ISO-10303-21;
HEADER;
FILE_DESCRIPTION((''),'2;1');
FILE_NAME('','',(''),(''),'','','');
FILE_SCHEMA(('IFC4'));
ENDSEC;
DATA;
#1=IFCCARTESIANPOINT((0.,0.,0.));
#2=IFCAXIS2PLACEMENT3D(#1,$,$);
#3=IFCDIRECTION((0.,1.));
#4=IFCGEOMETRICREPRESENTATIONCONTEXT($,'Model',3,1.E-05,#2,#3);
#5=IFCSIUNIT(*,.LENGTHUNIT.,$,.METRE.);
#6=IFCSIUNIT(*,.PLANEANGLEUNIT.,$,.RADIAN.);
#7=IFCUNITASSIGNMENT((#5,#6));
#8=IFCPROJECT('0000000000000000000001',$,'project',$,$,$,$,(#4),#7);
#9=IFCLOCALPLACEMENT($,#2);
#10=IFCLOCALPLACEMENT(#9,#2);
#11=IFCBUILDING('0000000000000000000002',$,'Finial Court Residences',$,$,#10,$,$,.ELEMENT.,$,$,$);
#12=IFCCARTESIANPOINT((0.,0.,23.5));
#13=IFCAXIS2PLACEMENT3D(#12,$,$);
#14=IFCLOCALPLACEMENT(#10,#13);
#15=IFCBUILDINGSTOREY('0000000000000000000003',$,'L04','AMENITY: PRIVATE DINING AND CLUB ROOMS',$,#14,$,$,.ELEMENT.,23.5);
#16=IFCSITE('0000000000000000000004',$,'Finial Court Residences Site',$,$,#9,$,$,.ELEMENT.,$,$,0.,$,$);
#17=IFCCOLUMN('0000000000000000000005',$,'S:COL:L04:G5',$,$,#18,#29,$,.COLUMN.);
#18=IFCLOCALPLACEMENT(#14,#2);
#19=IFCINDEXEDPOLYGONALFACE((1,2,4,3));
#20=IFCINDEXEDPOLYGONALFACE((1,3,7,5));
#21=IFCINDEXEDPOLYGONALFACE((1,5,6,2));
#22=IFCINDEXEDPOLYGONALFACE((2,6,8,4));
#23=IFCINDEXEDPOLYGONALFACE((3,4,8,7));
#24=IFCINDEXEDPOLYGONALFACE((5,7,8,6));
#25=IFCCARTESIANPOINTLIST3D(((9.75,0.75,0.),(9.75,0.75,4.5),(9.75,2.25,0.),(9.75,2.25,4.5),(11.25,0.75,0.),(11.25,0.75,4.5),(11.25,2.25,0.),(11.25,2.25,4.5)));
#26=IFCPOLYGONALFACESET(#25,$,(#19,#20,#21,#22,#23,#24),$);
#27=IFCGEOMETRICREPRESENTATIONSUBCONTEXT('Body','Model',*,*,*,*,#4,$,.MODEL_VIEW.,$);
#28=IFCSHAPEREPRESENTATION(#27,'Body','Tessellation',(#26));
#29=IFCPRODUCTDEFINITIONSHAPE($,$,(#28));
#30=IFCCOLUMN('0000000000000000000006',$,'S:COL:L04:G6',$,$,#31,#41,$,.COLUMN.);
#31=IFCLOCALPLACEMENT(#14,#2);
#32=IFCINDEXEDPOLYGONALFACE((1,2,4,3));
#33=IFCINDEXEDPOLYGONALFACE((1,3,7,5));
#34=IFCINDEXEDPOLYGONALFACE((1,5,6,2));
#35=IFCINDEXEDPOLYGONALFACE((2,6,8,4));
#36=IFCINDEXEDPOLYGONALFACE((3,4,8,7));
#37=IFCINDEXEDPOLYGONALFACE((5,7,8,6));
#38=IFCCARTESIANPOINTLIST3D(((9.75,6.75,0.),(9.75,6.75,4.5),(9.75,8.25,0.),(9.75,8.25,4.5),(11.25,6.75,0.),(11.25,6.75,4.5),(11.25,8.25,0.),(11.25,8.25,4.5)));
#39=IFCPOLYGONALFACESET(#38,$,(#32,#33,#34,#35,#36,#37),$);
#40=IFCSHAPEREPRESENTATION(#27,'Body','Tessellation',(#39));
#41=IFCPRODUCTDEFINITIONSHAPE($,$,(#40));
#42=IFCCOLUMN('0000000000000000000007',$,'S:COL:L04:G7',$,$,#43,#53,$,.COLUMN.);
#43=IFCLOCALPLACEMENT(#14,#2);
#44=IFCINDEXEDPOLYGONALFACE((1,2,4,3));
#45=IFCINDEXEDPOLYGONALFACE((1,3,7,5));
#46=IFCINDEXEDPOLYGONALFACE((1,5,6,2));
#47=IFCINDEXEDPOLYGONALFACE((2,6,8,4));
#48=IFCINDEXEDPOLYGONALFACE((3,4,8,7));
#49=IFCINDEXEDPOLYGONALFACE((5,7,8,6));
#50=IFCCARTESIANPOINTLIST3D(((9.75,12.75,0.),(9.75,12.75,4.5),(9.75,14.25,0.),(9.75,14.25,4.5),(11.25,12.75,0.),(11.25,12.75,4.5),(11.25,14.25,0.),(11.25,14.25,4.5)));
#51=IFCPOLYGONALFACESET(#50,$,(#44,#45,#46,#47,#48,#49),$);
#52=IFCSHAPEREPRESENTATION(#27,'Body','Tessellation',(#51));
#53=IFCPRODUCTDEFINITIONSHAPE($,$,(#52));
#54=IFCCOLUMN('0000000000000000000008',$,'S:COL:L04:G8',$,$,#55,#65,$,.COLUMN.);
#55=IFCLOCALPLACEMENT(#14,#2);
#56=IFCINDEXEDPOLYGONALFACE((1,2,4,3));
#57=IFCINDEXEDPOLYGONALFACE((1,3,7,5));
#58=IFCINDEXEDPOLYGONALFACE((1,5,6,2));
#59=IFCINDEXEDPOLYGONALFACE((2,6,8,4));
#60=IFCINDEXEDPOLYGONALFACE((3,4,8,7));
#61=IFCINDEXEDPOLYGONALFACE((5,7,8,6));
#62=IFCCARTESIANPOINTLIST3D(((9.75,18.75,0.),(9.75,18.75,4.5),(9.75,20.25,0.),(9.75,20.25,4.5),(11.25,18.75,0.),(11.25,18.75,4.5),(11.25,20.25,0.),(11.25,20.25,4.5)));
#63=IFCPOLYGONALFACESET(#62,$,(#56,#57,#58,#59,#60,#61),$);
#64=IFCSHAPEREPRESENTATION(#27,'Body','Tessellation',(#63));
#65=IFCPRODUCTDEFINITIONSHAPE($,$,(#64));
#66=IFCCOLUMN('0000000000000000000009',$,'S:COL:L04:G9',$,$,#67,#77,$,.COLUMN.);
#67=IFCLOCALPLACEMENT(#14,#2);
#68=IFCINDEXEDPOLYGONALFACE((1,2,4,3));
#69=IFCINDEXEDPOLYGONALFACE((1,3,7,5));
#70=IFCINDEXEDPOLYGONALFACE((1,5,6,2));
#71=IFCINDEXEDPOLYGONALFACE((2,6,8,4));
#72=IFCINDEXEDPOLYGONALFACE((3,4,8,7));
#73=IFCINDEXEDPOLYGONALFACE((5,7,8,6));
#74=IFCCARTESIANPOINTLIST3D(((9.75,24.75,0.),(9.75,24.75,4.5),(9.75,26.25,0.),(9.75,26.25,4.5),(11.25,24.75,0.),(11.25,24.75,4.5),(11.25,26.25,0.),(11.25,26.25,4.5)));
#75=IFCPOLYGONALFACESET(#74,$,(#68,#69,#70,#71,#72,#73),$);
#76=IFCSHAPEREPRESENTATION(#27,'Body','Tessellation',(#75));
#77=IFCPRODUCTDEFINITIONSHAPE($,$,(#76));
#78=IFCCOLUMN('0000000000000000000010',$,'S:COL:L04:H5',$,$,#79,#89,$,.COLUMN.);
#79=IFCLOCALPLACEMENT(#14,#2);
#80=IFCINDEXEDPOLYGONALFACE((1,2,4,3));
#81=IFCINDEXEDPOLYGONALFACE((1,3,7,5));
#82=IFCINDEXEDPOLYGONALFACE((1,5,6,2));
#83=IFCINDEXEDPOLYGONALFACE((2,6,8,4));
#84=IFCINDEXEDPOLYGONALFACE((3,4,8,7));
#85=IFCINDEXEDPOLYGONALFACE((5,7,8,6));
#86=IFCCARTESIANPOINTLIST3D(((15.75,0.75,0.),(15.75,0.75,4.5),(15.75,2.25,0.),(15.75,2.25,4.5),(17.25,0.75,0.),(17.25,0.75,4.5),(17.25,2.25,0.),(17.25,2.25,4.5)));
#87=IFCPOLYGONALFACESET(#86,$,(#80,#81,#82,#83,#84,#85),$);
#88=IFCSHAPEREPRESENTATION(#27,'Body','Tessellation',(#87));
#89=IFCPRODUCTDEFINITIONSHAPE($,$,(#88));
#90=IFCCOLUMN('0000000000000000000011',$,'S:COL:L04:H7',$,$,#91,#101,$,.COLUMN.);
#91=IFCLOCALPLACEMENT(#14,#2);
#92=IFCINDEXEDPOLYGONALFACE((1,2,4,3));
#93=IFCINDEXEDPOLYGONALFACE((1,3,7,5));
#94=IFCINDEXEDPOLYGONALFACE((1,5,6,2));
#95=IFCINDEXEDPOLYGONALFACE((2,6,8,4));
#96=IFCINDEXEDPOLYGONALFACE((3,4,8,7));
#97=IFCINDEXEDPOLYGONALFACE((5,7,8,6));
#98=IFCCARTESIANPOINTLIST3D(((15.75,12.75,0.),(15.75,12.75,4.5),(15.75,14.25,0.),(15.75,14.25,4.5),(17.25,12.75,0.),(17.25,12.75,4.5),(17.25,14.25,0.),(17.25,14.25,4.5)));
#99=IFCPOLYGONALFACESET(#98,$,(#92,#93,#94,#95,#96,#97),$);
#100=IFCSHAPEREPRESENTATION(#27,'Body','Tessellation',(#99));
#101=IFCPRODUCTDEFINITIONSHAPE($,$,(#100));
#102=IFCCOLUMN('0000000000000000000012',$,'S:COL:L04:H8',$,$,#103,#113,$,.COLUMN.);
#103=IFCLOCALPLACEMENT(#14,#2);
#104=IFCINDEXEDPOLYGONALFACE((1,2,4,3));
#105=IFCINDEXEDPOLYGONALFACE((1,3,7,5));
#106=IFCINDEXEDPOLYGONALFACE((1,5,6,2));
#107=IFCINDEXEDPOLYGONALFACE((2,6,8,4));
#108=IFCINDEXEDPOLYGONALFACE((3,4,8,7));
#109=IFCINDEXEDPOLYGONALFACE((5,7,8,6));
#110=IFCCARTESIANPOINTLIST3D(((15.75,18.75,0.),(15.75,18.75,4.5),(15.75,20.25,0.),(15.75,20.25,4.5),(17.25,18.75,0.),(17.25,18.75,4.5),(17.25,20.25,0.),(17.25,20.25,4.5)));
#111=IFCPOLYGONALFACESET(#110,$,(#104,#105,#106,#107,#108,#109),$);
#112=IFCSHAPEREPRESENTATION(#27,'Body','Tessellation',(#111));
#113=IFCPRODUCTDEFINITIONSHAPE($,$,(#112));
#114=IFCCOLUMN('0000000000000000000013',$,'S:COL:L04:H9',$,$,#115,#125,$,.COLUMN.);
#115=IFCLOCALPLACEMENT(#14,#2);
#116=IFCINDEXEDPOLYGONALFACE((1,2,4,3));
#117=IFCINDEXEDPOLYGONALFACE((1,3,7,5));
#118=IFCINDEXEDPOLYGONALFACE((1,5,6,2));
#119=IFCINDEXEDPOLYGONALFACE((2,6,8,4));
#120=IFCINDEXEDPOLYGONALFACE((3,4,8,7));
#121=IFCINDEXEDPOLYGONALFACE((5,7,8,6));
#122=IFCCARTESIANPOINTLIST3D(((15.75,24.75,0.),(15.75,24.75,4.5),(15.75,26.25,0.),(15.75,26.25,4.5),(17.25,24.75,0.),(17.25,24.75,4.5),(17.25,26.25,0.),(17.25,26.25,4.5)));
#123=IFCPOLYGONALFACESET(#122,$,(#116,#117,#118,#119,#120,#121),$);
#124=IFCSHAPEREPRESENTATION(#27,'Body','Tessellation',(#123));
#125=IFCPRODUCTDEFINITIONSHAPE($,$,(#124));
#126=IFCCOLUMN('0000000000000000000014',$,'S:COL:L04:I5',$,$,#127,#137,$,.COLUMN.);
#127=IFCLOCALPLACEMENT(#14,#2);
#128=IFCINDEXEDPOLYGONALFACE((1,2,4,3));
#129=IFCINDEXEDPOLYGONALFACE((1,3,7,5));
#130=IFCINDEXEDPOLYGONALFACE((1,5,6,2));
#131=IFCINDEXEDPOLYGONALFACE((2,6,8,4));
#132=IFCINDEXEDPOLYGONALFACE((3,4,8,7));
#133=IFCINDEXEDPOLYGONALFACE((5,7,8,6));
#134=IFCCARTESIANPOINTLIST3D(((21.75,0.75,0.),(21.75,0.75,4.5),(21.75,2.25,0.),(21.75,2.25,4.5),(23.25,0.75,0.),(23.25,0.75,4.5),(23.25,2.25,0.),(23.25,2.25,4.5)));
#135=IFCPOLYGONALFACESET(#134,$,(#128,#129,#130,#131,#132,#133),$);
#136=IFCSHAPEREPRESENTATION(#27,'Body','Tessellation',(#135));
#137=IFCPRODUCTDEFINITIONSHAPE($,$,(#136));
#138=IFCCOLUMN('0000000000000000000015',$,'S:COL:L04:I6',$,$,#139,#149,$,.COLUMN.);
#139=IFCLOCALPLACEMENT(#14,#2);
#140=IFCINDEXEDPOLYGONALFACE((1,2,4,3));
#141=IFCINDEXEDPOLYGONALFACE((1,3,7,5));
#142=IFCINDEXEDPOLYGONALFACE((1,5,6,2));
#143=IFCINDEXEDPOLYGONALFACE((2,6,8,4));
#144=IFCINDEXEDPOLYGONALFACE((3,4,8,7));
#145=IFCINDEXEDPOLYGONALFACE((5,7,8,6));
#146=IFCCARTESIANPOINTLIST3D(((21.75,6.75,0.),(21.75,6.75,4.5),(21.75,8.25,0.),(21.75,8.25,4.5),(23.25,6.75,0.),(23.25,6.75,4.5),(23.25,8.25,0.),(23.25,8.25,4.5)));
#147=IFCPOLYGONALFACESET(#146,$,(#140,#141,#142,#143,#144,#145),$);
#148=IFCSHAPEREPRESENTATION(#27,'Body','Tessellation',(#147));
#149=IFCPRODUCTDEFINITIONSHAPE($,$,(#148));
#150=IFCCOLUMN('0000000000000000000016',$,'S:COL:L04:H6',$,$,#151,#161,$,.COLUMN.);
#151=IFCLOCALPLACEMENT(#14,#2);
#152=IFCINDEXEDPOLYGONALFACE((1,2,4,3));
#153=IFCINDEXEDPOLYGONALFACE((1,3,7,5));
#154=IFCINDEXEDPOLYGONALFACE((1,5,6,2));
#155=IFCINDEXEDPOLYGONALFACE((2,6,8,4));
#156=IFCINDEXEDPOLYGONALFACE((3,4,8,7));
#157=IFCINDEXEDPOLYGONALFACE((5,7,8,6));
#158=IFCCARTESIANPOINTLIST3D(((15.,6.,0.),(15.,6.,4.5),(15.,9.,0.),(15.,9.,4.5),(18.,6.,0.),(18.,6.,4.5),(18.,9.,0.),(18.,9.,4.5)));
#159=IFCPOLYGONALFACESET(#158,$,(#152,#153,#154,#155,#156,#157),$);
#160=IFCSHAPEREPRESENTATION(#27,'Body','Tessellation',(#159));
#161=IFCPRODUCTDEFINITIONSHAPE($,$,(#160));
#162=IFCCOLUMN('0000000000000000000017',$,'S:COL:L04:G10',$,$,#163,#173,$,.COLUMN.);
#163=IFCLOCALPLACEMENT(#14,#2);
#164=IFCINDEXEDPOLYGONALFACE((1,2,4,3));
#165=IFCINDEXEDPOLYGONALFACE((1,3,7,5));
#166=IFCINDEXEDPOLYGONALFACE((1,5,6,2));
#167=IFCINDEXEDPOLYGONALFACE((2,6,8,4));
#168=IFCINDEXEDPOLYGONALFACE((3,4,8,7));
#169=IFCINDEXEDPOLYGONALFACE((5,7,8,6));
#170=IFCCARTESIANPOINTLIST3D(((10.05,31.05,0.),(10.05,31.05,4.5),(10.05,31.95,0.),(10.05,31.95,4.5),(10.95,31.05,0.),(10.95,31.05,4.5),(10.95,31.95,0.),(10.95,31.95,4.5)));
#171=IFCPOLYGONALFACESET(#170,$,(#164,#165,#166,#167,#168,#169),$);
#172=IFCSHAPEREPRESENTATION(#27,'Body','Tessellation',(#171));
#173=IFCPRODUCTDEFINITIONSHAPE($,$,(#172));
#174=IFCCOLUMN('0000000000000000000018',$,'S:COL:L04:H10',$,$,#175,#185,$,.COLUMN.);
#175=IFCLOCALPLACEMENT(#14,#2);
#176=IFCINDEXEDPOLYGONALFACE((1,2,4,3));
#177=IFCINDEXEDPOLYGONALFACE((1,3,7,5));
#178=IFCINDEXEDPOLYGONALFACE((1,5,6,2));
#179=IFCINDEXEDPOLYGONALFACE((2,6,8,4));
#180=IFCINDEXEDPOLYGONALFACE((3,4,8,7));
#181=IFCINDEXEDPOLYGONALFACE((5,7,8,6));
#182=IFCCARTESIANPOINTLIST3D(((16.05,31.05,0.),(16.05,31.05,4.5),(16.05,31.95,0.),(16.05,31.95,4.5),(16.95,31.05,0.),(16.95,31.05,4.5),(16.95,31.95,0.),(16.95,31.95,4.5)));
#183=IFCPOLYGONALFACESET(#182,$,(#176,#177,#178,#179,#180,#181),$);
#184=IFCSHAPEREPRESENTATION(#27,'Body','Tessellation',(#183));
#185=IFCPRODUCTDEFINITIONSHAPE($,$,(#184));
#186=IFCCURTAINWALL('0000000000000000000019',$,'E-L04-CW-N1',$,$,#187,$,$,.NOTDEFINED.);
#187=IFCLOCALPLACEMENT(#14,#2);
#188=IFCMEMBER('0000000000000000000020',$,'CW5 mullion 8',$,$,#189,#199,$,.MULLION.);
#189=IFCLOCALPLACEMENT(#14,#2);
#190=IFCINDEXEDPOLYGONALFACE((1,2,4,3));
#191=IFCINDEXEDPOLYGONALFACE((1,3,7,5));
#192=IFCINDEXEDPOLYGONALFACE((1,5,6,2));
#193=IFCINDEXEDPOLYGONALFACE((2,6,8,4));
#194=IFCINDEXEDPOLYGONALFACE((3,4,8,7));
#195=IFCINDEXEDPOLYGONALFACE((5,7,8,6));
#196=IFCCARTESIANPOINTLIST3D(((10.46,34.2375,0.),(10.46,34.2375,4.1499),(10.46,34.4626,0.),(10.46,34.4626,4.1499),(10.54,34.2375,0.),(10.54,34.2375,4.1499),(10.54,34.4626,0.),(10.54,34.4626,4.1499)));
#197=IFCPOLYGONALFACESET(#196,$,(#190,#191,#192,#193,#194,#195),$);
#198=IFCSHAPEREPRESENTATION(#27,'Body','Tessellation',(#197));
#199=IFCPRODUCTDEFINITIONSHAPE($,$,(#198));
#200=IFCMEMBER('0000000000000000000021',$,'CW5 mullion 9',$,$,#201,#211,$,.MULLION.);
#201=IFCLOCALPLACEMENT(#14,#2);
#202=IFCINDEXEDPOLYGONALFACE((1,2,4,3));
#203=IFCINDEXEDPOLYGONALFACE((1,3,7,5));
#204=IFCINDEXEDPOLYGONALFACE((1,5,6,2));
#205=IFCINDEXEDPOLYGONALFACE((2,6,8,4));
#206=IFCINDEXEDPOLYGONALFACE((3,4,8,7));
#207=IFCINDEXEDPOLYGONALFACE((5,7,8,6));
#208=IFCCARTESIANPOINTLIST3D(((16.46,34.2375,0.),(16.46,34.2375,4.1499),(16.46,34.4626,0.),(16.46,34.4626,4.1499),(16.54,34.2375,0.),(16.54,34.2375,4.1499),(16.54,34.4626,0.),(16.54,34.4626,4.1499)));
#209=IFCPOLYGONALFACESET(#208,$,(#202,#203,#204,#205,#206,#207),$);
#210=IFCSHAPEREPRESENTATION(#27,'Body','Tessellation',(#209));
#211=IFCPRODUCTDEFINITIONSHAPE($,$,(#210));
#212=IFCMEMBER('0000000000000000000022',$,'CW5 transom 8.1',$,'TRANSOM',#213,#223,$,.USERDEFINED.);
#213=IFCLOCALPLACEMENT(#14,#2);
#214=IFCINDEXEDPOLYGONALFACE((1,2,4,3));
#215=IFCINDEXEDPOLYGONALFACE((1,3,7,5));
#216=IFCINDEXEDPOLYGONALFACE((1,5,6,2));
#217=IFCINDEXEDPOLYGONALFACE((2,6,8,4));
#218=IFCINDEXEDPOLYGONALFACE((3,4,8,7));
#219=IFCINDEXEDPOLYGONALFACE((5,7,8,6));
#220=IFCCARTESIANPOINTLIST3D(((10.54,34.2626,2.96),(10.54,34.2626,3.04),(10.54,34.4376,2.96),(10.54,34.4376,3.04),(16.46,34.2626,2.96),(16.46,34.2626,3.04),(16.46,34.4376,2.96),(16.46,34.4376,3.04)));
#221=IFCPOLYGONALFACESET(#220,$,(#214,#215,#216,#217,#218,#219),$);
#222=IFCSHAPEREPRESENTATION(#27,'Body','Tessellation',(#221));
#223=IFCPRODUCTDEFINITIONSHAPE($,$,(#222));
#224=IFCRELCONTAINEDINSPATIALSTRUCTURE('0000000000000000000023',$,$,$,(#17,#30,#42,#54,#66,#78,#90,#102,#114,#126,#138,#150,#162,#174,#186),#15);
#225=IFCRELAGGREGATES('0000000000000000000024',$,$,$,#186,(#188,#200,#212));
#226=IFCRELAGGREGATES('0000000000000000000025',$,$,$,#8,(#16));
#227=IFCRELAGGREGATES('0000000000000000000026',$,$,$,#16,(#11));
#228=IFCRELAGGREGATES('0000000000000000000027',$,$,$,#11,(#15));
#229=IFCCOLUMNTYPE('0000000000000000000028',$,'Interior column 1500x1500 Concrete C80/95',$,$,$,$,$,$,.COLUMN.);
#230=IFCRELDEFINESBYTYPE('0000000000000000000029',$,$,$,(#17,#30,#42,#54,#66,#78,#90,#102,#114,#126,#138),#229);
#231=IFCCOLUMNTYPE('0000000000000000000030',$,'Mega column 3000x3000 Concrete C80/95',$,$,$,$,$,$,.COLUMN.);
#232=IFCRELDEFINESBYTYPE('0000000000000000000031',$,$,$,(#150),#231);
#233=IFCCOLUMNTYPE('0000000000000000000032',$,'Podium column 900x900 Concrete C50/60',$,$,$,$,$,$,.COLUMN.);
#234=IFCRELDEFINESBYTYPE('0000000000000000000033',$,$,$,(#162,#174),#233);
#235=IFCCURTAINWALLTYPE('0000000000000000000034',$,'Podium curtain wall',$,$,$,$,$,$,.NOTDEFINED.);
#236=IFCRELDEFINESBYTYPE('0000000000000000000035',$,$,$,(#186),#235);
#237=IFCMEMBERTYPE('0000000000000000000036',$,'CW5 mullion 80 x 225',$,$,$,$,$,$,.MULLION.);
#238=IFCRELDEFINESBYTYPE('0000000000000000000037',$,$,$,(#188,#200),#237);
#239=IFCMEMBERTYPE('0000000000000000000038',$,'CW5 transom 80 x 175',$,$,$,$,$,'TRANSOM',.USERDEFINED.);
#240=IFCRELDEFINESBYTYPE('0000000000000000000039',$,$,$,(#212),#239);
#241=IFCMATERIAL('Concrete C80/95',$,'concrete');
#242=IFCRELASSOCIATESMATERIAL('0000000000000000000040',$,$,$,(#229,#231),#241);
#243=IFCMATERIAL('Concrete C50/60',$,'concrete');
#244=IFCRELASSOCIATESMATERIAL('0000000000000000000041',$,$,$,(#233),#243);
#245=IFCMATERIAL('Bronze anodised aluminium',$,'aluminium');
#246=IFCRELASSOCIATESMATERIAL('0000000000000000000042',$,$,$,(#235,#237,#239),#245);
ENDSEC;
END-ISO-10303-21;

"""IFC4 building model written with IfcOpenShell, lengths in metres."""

from ifc_helpers import new_model, si_unit, direction, frame, origin, origin_2d, place, context, subcontext, project, spatial, rectangle, extrude, material, material_profile, profile_set, type_object, element, aggregate, save


model = new_model("IFC4")

# Units and contexts
model_context = context("Model", 3, precision=1e-05, world=origin(), true_north=direction((0.0, 1.0)))
body_context = subcontext(model_context, "Body", "Model", "MODEL_VIEW")
ifc_project = project(units=[si_unit("LENGTHUNIT", "METRE"), si_unit("PLANEANGLEUNIT", "RADIAN")], contexts=[model_context])

# Site, building, storey
site_placement = place(None, origin())
site = spatial("IfcSite", under=ifc_project, at=site_placement, Name="Finial Court Residences Site", CompositionType="ELEMENT", RefElevation=0.0)
building_placement = place(site_placement, origin())
building = spatial("IfcBuilding", under=site, at=building_placement, Name="Finial Court Residences", CompositionType="ELEMENT")
storey_placement = place(building_placement, frame((0.0, 0.0, 23.5)))
storey = spatial("IfcBuildingStorey", under=building, at=storey_placement, Name="L04", Description="AMENITY: PRIVATE DINING AND CLUB ROOMS", CompositionType="ELEMENT", Elevation=23.5)

# Columns
ifc_material_1 = material(Name="Concrete C80/95", Category="concrete")
ifc_material_profile_1 = material_profile(ifc_material_1, rectangle(XDim=1.5, YDim=1.5, at=origin_2d()), Name="1500x1500")
ifc_profile_set_1 = profile_set([ifc_material_profile_1], Name="Concrete C80/95")
column_type_1 = type_object("IfcColumnType", Name="Interior column 1500x1500 Concrete C80/95", PredefinedType="COLUMN", material=ifc_profile_set_1)
for number, where, z_axis, x_axis, name in (
    (1, (10.5, 1.5, 0.0), (0.0, 0.0, 1.0), (1.0, 0.0, 0.0), "S:COL:L04:G5"),
    (2, (10.5, 7.5, 0.0), (0.0, 0.0, 1.0), (1.0, 0.0, 0.0), "S:COL:L04:G6"),
    (3, (10.5, 13.5, 0.0), (0.0, 0.0, 1.0), (1.0, 0.0, 0.0), "S:COL:L04:G7"),
    (4, (10.5, 19.5, 0.0), (0.0, 0.0, 1.0), (1.0, 0.0, 0.0), "S:COL:L04:G8"),
    (5, (10.5, 25.5, 0.0), (0.0, 0.0, 1.0), (1.0, 0.0, 0.0), "S:COL:L04:G9"),
    (6, (16.5, 1.5, 0.0), (0.0, 0.0, 1.0), (1.0, 0.0, 0.0), "S:COL:L04:H5"),
    (7, (16.5, 13.5, 0.0), (0.0, 0.0, 1.0), (1.0, 0.0, 0.0), "S:COL:L04:H7"),
    (8, (16.5, 19.5, 0.0), (0.0, 0.0, 1.0), (1.0, 0.0, 0.0), "S:COL:L04:H8"),
    (9, (16.5, 25.5, 0.0), (0.0, 0.0, 1.0), (1.0, 0.0, 0.0), "S:COL:L04:H9"),
    (10, (22.5, 1.5, 0.0), (0.0, 0.0, 1.0), (1.0, 0.0, 0.0), "S:COL:L04:I5"),
    (11, (22.5, 7.5, 0.0), (0.0, 0.0, 1.0), (1.0, 0.0, 0.0), "S:COL:L04:I6"),
):
    element("IfcColumn", number, at=place(storey_placement, frame(where, z_axis=z_axis, x_axis=x_axis)), inside=storey, type_object=column_type_1, Name=name, PredefinedType="COLUMN", context=body_context, shape_type="SweptSolid", body=[
        extrude(rectangle(XDim=1.5, YDim=1.5, at=origin_2d()), origin(), (0.0, 0.0, 1.0), 4.5),
    ])
ifc_material_profile_2 = material_profile(ifc_material_1, rectangle(XDim=3.0, YDim=3.0, at=origin_2d()), Name="3000x3000")
ifc_profile_set_2 = profile_set([ifc_material_profile_2], Name="Concrete C80/95")
column_type_2 = type_object("IfcColumnType", Name="Mega column 3000x3000 Concrete C80/95", PredefinedType="COLUMN", material=ifc_profile_set_2)
column_placement = place(storey_placement, frame((16.5, 7.5, 0.0), z_axis=(0.0, 0.0, 1.0), x_axis=(1.0, 0.0, 0.0)))
element("IfcColumn", 12, at=column_placement, inside=storey, type_object=column_type_2, Name="S:COL:L04:H6", PredefinedType="COLUMN", context=body_context, shape_type="SweptSolid", body=[
    extrude(rectangle(XDim=3.0, YDim=3.0, at=origin_2d()), origin(), (0.0, 0.0, 1.0), 4.5),
])
ifc_material_2 = material(Name="Concrete C50/60", Category="concrete")
ifc_material_profile_3 = material_profile(ifc_material_2, rectangle(XDim=0.8999, YDim=0.8999, at=origin_2d()), Name="900x900")
ifc_profile_set_3 = profile_set([ifc_material_profile_3], Name="Concrete C50/60")
column_type_3 = type_object("IfcColumnType", Name="Podium column 900x900 Concrete C50/60", PredefinedType="COLUMN", material=ifc_profile_set_3)
for number, where, z_axis, x_axis, name in (
    (13, (10.5, 31.5, 0.0), (0.0, 0.0, 1.0), (1.0, 0.0, 0.0), "S:COL:L04:G10"),
    (14, (16.5, 31.5, 0.0), (0.0, 0.0, 1.0), (1.0, 0.0, 0.0), "S:COL:L04:H10"),
):
    element("IfcColumn", number, at=place(storey_placement, frame(where, z_axis=z_axis, x_axis=x_axis)), inside=storey, type_object=column_type_3, Name=name, PredefinedType="COLUMN", context=body_context, shape_type="SweptSolid", body=[
        extrude(rectangle(XDim=0.8999, YDim=0.8999, at=origin_2d()), origin(), (0.0, 0.0, 1.0), 4.5),
    ])

# Curtain wall, members
ifc_material_3 = material(Name="Bronze anodised aluminium", Category="aluminium")
curtain_wall_type = type_object("IfcCurtainWallType", Name="Podium curtain wall", PredefinedType="NOTDEFINED", material=ifc_material_3)
curtain_wall_placement = place(storey_placement, origin())
curtain_wall = element("IfcCurtainWall", 15, at=curtain_wall_placement, inside=storey, type_object=curtain_wall_type, Name="E-L04-CW-N1", PredefinedType="NOTDEFINED")
ifc_material_profile_4 = material_profile(ifc_material_3, rectangle(XDim=0.2251, YDim=0.0801, at=origin_2d()), Name="CW5 mullion 80 x 225")
ifc_profile_set_4 = profile_set([ifc_material_profile_4], Name="Bronze anodised aluminium")
member_type_1 = type_object("IfcMemberType", Name="CW5 mullion 80 x 225", PredefinedType="MULLION", material=ifc_profile_set_4)
member_1_placement = place(storey_placement, frame((10.5, 34.3501, 0.0), z_axis=(0.0, 0.0, 1.0), x_axis=(0.0, 1.0, 0.0)))
member_1 = element("IfcMember", 16, at=member_1_placement, type_object=member_type_1, Name="CW5 mullion 8", PredefinedType="MULLION", context=body_context, shape_type="SweptSolid", body=[
    extrude(rectangle(XDim=0.2251, YDim=0.0801, at=origin_2d()), origin(), (0.0, 0.0, 1.0), 4.1499),
])
member_2_placement = place(storey_placement, frame((16.5, 34.3501, 0.0), z_axis=(0.0, 0.0, 1.0), x_axis=(0.0, 1.0, 0.0)))
member_2 = element("IfcMember", 17, at=member_2_placement, type_object=member_type_1, Name="CW5 mullion 9", PredefinedType="MULLION", context=body_context, shape_type="SweptSolid", body=[
    extrude(rectangle(XDim=0.2251, YDim=0.0801, at=origin_2d()), origin(), (0.0, 0.0, 1.0), 4.1499),
])
ifc_material_profile_5 = material_profile(ifc_material_3, rectangle(XDim=0.175, YDim=0.0801, at=origin_2d()), Name="CW5 transom 80 x 175")
ifc_profile_set_5 = profile_set([ifc_material_profile_5], Name="Bronze anodised aluminium")
member_type_2 = type_object("IfcMemberType", Name="CW5 transom 80 x 175", ElementType="TRANSOM", PredefinedType="USERDEFINED", material=ifc_profile_set_5)
member_3_placement = place(storey_placement, frame((10.54, 34.3501, 3.0), z_axis=(1.0, 0.0, 0.0), x_axis=(0.0, 1.0, 0.0)))
member_3 = element("IfcMember", 18, at=member_3_placement, type_object=member_type_2, Name="CW5 transom 8.1", ObjectType="TRANSOM", PredefinedType="USERDEFINED", context=body_context, shape_type="SweptSolid", body=[
    extrude(rectangle(XDim=0.175, YDim=0.0801, at=origin_2d()), origin(), (0.0, 0.0, 1.0), 5.9199),
])
aggregate(curtain_wall, [member_1, member_2, member_3])

save(model, "model.ifc")
